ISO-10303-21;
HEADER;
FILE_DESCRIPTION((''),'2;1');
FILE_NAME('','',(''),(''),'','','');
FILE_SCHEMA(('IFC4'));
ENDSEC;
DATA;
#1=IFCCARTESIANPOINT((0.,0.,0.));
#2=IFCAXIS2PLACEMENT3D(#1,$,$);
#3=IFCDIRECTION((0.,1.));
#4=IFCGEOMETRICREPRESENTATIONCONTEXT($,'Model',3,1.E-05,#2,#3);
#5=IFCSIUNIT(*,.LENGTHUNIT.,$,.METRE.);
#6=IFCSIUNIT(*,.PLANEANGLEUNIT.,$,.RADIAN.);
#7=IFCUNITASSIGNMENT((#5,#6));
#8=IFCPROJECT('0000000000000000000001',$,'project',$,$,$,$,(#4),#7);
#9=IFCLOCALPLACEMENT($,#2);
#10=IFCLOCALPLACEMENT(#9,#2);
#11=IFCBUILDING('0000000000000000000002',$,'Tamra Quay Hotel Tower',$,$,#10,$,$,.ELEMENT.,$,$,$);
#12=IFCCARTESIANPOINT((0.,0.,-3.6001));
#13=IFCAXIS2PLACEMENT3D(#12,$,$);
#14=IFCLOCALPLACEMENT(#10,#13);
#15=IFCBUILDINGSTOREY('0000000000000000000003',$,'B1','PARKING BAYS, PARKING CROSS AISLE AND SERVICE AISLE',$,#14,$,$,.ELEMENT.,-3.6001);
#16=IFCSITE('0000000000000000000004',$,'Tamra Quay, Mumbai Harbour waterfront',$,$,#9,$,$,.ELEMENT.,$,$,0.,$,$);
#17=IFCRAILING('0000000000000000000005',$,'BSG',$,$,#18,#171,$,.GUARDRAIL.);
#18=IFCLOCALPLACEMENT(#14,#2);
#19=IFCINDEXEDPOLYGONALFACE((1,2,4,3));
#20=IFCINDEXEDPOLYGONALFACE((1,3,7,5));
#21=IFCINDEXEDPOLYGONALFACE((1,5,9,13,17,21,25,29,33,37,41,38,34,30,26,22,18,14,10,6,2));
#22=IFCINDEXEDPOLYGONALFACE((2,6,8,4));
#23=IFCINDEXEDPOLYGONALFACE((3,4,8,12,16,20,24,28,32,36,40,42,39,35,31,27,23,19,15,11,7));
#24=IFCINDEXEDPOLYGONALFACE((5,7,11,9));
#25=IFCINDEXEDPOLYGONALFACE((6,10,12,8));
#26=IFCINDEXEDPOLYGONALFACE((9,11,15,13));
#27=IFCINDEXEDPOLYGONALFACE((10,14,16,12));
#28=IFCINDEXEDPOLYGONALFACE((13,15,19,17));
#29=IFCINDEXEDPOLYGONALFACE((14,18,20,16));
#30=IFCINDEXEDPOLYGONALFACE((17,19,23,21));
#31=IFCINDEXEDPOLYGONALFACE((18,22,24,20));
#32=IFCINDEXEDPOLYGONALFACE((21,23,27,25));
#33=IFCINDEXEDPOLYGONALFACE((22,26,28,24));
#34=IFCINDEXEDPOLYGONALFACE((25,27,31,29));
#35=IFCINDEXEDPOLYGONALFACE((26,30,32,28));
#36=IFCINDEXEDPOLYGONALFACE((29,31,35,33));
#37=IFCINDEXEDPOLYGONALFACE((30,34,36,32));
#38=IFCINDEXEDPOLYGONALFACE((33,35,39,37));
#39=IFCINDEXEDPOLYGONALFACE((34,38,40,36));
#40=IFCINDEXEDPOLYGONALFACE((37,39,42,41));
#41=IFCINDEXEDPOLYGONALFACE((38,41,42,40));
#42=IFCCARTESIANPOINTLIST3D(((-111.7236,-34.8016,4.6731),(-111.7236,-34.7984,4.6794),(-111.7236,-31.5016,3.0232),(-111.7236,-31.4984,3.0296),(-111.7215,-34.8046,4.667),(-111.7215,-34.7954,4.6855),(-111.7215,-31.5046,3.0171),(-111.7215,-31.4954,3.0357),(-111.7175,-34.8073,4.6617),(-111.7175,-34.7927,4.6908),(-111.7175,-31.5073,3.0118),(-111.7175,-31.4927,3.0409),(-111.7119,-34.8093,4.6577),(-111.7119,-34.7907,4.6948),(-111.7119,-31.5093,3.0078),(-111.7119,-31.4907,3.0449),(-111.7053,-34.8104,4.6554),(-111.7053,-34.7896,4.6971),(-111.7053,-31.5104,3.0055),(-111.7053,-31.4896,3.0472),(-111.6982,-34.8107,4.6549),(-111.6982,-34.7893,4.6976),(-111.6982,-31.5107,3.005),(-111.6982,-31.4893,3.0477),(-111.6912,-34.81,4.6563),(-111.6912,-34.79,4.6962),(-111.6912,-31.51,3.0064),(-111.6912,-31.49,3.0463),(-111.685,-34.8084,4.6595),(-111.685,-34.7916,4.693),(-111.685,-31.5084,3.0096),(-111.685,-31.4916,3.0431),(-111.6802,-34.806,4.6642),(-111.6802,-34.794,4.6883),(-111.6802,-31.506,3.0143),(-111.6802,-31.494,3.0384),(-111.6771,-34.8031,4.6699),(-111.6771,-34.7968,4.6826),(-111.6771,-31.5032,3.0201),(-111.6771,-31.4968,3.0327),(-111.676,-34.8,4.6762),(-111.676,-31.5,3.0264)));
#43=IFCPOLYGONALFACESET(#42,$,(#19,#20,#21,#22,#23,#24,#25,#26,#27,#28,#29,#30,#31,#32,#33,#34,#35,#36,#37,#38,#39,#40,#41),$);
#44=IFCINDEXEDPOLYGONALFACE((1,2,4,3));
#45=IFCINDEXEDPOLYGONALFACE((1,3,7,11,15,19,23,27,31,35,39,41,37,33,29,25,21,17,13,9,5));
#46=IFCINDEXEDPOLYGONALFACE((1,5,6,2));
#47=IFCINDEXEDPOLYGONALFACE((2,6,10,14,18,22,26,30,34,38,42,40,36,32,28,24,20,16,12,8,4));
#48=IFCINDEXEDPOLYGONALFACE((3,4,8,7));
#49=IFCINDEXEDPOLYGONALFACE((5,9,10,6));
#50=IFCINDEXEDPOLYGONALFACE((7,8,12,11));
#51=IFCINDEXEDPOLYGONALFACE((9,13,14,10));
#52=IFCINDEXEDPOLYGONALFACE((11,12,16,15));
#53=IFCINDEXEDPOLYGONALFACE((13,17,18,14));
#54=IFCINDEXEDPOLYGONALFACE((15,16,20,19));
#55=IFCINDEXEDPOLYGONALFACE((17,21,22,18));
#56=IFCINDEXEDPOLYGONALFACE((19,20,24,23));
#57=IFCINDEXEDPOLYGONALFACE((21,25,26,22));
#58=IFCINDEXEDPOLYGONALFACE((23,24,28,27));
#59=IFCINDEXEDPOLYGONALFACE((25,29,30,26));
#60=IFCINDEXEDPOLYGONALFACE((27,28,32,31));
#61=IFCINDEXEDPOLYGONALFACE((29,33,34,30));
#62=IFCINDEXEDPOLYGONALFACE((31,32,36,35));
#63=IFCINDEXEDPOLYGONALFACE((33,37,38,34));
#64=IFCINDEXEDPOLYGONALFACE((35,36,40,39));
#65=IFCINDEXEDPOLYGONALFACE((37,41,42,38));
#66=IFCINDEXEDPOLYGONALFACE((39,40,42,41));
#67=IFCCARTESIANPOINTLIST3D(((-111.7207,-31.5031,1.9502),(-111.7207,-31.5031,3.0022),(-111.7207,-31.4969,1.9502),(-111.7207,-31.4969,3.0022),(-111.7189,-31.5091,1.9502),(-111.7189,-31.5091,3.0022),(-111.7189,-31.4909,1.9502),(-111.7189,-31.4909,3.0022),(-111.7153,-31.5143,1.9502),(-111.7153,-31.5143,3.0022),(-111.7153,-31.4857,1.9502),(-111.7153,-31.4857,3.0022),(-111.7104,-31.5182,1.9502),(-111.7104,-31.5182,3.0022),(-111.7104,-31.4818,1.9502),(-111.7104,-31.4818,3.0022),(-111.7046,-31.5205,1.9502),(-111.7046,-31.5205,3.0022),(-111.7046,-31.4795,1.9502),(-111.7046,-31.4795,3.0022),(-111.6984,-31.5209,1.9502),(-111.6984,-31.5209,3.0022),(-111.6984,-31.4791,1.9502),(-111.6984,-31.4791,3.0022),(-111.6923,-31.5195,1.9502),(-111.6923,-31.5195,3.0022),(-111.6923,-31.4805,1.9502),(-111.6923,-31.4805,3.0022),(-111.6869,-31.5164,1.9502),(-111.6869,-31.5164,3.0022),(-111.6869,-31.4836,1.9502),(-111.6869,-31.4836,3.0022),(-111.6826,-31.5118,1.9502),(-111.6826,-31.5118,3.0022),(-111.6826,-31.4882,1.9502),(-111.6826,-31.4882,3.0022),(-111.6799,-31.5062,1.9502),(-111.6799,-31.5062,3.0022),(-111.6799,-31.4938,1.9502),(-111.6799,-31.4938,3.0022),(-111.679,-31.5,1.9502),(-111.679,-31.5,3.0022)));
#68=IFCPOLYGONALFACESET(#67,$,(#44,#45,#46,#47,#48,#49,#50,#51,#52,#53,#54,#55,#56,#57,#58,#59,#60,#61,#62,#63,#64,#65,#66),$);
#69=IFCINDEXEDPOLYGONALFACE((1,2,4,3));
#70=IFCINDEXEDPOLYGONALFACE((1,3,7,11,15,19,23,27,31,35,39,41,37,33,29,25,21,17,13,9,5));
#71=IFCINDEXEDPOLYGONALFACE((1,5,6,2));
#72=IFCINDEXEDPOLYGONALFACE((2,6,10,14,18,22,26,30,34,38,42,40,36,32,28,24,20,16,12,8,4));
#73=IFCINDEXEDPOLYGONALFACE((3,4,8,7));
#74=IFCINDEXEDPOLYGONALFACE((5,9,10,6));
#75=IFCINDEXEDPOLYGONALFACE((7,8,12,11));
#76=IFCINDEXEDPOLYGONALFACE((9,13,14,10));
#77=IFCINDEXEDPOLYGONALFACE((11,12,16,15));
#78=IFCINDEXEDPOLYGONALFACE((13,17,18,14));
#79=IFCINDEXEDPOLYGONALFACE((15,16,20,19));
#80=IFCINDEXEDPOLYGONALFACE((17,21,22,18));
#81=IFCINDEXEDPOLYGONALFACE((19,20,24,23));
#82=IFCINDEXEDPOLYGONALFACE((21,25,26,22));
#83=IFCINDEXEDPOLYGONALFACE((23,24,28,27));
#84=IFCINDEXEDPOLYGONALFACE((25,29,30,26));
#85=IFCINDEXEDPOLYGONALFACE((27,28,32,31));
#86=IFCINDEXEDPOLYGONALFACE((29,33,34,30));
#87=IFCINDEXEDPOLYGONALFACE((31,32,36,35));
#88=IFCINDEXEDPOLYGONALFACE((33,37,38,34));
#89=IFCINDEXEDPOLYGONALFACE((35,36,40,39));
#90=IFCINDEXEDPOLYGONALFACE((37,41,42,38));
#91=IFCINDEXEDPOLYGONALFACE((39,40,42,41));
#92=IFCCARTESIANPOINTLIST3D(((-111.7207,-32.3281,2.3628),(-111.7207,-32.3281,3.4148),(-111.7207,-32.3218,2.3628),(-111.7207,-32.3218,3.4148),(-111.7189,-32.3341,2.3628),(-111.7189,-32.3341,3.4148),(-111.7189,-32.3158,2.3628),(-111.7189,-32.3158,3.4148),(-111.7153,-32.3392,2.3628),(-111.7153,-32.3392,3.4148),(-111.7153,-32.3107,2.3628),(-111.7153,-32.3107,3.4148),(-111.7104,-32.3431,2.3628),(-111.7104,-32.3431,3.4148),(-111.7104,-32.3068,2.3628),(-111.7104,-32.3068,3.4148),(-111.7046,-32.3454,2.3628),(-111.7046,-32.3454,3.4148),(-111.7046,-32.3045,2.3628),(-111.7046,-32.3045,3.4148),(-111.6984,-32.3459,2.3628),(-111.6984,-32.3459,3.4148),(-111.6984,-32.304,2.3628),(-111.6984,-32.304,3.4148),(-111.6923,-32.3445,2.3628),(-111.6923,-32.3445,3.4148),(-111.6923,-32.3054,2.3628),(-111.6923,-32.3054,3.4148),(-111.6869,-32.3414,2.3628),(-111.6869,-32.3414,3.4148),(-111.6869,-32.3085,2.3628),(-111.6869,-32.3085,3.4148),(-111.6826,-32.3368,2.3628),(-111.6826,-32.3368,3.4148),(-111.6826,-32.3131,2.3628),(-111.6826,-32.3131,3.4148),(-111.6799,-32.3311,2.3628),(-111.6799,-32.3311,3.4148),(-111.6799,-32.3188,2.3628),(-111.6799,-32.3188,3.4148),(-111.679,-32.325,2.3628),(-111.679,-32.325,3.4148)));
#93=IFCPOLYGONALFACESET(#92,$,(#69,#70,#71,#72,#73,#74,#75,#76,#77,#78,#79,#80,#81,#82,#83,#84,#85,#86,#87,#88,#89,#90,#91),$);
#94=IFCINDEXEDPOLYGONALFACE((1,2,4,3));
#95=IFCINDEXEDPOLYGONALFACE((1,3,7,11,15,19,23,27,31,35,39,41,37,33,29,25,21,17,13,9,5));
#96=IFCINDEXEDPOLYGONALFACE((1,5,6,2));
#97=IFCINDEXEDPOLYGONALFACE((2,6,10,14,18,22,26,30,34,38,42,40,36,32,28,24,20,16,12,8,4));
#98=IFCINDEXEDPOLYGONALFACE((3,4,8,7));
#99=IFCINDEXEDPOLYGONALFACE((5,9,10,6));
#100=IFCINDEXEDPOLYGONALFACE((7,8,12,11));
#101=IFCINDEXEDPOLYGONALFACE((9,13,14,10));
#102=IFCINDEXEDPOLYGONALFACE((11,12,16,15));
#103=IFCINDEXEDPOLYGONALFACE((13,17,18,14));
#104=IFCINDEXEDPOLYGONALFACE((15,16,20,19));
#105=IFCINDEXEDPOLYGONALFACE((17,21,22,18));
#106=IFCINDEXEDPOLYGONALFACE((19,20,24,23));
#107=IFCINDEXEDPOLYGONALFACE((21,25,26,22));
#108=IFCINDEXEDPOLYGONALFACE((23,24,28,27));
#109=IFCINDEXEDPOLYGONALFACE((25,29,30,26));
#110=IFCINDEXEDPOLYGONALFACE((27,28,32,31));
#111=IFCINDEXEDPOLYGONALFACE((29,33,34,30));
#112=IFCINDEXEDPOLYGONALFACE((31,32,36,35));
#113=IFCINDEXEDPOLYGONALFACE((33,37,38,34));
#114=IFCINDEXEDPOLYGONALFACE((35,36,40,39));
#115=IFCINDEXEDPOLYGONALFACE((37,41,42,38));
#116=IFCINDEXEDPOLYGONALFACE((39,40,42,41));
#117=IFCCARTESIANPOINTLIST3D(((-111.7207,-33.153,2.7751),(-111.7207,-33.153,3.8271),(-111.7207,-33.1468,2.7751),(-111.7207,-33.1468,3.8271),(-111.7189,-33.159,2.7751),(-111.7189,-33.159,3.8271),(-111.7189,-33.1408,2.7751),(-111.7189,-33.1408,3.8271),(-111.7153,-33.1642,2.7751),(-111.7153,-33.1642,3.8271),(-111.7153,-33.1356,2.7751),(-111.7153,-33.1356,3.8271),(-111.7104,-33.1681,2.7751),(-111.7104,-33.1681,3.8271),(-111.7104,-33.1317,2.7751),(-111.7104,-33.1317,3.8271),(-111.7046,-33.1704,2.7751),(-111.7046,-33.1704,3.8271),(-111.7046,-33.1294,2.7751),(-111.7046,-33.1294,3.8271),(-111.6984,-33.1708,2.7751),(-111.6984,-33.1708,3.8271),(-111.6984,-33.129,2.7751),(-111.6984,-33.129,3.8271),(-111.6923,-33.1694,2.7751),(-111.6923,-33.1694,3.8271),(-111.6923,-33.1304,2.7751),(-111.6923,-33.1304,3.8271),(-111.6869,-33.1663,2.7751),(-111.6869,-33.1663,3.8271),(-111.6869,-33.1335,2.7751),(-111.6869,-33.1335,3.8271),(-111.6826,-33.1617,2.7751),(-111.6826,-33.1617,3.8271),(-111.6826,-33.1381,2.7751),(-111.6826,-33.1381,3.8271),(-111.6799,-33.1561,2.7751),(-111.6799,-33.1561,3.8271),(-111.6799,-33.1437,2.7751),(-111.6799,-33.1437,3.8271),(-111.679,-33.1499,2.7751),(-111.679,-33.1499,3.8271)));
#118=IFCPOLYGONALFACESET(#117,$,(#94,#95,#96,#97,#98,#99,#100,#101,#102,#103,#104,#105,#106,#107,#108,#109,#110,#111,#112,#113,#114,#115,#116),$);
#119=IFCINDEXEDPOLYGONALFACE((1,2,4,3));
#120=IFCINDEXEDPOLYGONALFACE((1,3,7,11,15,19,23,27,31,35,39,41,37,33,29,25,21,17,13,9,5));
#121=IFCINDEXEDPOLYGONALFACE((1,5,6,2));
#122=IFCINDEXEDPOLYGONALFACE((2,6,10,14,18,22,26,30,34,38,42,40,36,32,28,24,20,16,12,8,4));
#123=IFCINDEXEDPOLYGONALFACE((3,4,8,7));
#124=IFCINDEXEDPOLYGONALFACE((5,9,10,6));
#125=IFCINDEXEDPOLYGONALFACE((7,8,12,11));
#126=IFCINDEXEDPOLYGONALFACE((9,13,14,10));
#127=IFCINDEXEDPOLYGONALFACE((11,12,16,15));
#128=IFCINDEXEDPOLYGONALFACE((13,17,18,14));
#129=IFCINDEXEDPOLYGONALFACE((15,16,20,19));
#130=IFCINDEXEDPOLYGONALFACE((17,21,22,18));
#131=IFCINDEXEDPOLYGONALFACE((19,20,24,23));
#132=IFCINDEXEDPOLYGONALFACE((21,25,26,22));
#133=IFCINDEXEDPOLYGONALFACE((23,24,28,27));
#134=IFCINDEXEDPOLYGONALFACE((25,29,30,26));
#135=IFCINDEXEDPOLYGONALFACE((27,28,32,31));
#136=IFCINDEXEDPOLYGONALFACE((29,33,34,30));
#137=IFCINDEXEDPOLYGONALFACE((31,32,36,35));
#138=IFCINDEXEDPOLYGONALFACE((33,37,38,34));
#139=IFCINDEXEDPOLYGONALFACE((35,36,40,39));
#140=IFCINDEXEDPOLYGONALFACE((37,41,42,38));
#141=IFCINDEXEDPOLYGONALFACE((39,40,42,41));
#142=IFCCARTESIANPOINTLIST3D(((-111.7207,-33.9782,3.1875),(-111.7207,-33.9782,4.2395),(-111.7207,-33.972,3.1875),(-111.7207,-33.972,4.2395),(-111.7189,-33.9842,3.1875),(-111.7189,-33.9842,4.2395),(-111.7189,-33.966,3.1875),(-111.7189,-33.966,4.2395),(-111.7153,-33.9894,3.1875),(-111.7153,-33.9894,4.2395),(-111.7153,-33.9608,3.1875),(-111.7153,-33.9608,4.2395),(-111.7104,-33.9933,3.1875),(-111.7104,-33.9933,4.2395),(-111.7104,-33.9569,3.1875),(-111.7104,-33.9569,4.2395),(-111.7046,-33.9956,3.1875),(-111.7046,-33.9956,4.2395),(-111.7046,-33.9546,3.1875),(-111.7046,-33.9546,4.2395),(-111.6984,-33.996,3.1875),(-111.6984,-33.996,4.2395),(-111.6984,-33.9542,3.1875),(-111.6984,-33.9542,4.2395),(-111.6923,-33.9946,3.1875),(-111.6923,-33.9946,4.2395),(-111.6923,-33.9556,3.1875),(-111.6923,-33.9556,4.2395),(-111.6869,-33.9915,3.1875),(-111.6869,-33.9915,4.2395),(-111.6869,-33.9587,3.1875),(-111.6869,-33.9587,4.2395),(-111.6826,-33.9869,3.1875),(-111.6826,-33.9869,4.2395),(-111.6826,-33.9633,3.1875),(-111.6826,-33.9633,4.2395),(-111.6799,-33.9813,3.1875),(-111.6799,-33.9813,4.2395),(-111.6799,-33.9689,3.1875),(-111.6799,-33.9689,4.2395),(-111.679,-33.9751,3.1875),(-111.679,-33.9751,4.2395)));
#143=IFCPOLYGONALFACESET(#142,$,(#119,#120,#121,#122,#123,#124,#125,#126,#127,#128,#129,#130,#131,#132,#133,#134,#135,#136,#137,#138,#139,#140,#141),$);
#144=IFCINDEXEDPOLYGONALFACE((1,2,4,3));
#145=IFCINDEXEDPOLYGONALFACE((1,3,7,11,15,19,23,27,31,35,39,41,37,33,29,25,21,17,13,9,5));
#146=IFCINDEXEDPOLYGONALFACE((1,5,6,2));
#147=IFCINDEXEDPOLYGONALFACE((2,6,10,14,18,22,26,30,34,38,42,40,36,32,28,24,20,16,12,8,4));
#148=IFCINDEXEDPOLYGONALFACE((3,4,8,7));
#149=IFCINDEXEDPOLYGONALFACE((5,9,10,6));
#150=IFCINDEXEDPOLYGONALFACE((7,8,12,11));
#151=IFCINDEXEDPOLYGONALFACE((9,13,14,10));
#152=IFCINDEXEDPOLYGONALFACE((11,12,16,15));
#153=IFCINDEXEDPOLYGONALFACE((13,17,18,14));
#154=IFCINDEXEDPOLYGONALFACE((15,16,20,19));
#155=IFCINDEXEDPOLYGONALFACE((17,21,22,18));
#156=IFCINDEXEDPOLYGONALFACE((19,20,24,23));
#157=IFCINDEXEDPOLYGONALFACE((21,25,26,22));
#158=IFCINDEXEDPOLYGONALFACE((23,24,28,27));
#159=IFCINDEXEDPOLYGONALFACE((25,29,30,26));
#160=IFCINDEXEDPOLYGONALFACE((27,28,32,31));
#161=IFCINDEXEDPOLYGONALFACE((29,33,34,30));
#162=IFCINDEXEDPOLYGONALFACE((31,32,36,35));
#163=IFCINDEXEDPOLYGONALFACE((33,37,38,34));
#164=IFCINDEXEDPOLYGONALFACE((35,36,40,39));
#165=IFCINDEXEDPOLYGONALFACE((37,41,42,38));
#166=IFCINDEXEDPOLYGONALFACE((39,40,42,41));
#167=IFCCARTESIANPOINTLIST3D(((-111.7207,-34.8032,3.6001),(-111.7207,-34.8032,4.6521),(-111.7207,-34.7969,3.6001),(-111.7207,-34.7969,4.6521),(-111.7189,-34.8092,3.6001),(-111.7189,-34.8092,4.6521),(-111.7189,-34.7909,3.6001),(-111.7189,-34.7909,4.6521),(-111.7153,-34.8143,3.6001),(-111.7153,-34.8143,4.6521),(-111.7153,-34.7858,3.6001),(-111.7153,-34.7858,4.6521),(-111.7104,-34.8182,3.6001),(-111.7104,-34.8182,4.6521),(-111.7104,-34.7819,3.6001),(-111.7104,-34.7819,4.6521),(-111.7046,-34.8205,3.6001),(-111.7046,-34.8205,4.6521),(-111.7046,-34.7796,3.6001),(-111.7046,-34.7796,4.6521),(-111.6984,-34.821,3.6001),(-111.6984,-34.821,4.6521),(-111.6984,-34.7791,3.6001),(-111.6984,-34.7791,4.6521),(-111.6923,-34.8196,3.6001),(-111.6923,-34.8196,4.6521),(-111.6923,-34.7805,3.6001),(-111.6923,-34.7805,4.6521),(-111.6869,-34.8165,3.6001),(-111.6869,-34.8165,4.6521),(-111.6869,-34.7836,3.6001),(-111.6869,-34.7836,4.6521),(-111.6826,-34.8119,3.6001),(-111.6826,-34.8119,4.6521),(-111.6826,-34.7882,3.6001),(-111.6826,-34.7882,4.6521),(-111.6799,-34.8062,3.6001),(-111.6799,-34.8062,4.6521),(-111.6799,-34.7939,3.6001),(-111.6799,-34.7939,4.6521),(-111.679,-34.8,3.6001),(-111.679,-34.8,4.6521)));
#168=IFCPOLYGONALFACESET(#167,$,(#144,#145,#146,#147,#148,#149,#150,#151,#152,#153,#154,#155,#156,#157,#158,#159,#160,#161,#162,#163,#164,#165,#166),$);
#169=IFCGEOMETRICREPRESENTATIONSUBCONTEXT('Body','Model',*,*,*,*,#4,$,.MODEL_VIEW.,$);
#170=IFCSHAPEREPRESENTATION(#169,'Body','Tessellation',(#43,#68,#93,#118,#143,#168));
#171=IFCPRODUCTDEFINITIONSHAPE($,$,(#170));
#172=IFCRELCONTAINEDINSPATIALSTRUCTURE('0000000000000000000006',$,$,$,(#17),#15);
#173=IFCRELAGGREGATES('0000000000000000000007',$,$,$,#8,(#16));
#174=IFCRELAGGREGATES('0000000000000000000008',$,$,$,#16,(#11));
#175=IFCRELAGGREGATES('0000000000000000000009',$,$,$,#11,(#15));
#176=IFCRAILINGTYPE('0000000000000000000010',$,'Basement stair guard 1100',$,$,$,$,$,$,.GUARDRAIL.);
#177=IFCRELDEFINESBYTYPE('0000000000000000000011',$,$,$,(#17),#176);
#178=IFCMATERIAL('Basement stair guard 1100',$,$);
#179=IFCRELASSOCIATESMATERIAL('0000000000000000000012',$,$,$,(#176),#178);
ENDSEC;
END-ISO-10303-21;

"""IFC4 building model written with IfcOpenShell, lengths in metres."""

from ifc_helpers import new_model, si_unit, direction, frame, origin, origin_2d, place, context, subcontext, project, spatial, circle, extrude, material, type_object, element, save


model = new_model("IFC4")

# Units and contexts
model_context = context("Model", 3, precision=1e-05, world=origin(), true_north=direction((0.0, 1.0)))
body_context = subcontext(model_context, "Body", "Model", "MODEL_VIEW")
ifc_project = project(units=[si_unit("LENGTHUNIT", "METRE"), si_unit("PLANEANGLEUNIT", "RADIAN")], contexts=[model_context])

# Site, building, storey
site_placement = place(None, origin())
site = spatial("IfcSite", under=ifc_project, at=site_placement, Name="Tamra Quay, Mumbai Harbour waterfront", CompositionType="ELEMENT", RefElevation=0.0)
building_placement = place(site_placement, origin())
building = spatial("IfcBuilding", under=site, at=building_placement, Name="Tamra Quay Hotel Tower", CompositionType="ELEMENT")
storey_placement = place(building_placement, frame((0.0, 0.0, -3.6001)))
storey = spatial("IfcBuildingStorey", under=building, at=storey_placement, Name="B1", Description="PARKING BAYS, PARKING CROSS AISLE AND SERVICE AISLE", CompositionType="ELEMENT", Elevation=-3.6001)

# Railing
ifc_material_1 = material(Name="Basement stair guard 1100")
railing_type_1 = type_object("IfcRailingType", Name="Basement stair guard 1100", PredefinedType="GUARDRAIL", material=ifc_material_1)
railing_1_placement = place(storey_placement, frame((-111.7, -31.5, 1.9502)))
element("IfcRailing", 1, at=railing_1_placement, inside=storey, type_object=railing_type_1, Name="BSG", PredefinedType="GUARDRAIL", context=body_context, shape_type="SweptSolid", body=[
    extrude(circle(Radius=0.0239, at=origin_2d()), frame((0.0, 0.0, 1.0762), z_axis=(0.0, -0.89444, 0.447187), x_axis=(1.0, 0.0, 0.0)), (0.0, 0.0, 1.0), 3.6895),
    extrude(circle(Radius=0.021, at=origin_2d()), origin(), (0.0, 0.0, 1.0), 1.052),
    extrude(circle(Radius=0.021, at=origin_2d()), frame((0.0, -0.825, 0.4126)), (0.0, 0.0, 1.0), 1.052),
    extrude(circle(Radius=0.021, at=origin_2d()), frame((0.0, -1.6499, 0.825)), (0.0, 0.0, 1.0), 1.052),
    extrude(circle(Radius=0.021, at=origin_2d()), frame((0.0, -2.4751, 1.2373)), (0.0, 0.0, 1.0), 1.052),
    extrude(circle(Radius=0.021, at=origin_2d()), frame((0.0, -3.3, 1.6499)), (0.0, 0.0, 1.0), 1.052),
])

save(model, "model.ifc")
